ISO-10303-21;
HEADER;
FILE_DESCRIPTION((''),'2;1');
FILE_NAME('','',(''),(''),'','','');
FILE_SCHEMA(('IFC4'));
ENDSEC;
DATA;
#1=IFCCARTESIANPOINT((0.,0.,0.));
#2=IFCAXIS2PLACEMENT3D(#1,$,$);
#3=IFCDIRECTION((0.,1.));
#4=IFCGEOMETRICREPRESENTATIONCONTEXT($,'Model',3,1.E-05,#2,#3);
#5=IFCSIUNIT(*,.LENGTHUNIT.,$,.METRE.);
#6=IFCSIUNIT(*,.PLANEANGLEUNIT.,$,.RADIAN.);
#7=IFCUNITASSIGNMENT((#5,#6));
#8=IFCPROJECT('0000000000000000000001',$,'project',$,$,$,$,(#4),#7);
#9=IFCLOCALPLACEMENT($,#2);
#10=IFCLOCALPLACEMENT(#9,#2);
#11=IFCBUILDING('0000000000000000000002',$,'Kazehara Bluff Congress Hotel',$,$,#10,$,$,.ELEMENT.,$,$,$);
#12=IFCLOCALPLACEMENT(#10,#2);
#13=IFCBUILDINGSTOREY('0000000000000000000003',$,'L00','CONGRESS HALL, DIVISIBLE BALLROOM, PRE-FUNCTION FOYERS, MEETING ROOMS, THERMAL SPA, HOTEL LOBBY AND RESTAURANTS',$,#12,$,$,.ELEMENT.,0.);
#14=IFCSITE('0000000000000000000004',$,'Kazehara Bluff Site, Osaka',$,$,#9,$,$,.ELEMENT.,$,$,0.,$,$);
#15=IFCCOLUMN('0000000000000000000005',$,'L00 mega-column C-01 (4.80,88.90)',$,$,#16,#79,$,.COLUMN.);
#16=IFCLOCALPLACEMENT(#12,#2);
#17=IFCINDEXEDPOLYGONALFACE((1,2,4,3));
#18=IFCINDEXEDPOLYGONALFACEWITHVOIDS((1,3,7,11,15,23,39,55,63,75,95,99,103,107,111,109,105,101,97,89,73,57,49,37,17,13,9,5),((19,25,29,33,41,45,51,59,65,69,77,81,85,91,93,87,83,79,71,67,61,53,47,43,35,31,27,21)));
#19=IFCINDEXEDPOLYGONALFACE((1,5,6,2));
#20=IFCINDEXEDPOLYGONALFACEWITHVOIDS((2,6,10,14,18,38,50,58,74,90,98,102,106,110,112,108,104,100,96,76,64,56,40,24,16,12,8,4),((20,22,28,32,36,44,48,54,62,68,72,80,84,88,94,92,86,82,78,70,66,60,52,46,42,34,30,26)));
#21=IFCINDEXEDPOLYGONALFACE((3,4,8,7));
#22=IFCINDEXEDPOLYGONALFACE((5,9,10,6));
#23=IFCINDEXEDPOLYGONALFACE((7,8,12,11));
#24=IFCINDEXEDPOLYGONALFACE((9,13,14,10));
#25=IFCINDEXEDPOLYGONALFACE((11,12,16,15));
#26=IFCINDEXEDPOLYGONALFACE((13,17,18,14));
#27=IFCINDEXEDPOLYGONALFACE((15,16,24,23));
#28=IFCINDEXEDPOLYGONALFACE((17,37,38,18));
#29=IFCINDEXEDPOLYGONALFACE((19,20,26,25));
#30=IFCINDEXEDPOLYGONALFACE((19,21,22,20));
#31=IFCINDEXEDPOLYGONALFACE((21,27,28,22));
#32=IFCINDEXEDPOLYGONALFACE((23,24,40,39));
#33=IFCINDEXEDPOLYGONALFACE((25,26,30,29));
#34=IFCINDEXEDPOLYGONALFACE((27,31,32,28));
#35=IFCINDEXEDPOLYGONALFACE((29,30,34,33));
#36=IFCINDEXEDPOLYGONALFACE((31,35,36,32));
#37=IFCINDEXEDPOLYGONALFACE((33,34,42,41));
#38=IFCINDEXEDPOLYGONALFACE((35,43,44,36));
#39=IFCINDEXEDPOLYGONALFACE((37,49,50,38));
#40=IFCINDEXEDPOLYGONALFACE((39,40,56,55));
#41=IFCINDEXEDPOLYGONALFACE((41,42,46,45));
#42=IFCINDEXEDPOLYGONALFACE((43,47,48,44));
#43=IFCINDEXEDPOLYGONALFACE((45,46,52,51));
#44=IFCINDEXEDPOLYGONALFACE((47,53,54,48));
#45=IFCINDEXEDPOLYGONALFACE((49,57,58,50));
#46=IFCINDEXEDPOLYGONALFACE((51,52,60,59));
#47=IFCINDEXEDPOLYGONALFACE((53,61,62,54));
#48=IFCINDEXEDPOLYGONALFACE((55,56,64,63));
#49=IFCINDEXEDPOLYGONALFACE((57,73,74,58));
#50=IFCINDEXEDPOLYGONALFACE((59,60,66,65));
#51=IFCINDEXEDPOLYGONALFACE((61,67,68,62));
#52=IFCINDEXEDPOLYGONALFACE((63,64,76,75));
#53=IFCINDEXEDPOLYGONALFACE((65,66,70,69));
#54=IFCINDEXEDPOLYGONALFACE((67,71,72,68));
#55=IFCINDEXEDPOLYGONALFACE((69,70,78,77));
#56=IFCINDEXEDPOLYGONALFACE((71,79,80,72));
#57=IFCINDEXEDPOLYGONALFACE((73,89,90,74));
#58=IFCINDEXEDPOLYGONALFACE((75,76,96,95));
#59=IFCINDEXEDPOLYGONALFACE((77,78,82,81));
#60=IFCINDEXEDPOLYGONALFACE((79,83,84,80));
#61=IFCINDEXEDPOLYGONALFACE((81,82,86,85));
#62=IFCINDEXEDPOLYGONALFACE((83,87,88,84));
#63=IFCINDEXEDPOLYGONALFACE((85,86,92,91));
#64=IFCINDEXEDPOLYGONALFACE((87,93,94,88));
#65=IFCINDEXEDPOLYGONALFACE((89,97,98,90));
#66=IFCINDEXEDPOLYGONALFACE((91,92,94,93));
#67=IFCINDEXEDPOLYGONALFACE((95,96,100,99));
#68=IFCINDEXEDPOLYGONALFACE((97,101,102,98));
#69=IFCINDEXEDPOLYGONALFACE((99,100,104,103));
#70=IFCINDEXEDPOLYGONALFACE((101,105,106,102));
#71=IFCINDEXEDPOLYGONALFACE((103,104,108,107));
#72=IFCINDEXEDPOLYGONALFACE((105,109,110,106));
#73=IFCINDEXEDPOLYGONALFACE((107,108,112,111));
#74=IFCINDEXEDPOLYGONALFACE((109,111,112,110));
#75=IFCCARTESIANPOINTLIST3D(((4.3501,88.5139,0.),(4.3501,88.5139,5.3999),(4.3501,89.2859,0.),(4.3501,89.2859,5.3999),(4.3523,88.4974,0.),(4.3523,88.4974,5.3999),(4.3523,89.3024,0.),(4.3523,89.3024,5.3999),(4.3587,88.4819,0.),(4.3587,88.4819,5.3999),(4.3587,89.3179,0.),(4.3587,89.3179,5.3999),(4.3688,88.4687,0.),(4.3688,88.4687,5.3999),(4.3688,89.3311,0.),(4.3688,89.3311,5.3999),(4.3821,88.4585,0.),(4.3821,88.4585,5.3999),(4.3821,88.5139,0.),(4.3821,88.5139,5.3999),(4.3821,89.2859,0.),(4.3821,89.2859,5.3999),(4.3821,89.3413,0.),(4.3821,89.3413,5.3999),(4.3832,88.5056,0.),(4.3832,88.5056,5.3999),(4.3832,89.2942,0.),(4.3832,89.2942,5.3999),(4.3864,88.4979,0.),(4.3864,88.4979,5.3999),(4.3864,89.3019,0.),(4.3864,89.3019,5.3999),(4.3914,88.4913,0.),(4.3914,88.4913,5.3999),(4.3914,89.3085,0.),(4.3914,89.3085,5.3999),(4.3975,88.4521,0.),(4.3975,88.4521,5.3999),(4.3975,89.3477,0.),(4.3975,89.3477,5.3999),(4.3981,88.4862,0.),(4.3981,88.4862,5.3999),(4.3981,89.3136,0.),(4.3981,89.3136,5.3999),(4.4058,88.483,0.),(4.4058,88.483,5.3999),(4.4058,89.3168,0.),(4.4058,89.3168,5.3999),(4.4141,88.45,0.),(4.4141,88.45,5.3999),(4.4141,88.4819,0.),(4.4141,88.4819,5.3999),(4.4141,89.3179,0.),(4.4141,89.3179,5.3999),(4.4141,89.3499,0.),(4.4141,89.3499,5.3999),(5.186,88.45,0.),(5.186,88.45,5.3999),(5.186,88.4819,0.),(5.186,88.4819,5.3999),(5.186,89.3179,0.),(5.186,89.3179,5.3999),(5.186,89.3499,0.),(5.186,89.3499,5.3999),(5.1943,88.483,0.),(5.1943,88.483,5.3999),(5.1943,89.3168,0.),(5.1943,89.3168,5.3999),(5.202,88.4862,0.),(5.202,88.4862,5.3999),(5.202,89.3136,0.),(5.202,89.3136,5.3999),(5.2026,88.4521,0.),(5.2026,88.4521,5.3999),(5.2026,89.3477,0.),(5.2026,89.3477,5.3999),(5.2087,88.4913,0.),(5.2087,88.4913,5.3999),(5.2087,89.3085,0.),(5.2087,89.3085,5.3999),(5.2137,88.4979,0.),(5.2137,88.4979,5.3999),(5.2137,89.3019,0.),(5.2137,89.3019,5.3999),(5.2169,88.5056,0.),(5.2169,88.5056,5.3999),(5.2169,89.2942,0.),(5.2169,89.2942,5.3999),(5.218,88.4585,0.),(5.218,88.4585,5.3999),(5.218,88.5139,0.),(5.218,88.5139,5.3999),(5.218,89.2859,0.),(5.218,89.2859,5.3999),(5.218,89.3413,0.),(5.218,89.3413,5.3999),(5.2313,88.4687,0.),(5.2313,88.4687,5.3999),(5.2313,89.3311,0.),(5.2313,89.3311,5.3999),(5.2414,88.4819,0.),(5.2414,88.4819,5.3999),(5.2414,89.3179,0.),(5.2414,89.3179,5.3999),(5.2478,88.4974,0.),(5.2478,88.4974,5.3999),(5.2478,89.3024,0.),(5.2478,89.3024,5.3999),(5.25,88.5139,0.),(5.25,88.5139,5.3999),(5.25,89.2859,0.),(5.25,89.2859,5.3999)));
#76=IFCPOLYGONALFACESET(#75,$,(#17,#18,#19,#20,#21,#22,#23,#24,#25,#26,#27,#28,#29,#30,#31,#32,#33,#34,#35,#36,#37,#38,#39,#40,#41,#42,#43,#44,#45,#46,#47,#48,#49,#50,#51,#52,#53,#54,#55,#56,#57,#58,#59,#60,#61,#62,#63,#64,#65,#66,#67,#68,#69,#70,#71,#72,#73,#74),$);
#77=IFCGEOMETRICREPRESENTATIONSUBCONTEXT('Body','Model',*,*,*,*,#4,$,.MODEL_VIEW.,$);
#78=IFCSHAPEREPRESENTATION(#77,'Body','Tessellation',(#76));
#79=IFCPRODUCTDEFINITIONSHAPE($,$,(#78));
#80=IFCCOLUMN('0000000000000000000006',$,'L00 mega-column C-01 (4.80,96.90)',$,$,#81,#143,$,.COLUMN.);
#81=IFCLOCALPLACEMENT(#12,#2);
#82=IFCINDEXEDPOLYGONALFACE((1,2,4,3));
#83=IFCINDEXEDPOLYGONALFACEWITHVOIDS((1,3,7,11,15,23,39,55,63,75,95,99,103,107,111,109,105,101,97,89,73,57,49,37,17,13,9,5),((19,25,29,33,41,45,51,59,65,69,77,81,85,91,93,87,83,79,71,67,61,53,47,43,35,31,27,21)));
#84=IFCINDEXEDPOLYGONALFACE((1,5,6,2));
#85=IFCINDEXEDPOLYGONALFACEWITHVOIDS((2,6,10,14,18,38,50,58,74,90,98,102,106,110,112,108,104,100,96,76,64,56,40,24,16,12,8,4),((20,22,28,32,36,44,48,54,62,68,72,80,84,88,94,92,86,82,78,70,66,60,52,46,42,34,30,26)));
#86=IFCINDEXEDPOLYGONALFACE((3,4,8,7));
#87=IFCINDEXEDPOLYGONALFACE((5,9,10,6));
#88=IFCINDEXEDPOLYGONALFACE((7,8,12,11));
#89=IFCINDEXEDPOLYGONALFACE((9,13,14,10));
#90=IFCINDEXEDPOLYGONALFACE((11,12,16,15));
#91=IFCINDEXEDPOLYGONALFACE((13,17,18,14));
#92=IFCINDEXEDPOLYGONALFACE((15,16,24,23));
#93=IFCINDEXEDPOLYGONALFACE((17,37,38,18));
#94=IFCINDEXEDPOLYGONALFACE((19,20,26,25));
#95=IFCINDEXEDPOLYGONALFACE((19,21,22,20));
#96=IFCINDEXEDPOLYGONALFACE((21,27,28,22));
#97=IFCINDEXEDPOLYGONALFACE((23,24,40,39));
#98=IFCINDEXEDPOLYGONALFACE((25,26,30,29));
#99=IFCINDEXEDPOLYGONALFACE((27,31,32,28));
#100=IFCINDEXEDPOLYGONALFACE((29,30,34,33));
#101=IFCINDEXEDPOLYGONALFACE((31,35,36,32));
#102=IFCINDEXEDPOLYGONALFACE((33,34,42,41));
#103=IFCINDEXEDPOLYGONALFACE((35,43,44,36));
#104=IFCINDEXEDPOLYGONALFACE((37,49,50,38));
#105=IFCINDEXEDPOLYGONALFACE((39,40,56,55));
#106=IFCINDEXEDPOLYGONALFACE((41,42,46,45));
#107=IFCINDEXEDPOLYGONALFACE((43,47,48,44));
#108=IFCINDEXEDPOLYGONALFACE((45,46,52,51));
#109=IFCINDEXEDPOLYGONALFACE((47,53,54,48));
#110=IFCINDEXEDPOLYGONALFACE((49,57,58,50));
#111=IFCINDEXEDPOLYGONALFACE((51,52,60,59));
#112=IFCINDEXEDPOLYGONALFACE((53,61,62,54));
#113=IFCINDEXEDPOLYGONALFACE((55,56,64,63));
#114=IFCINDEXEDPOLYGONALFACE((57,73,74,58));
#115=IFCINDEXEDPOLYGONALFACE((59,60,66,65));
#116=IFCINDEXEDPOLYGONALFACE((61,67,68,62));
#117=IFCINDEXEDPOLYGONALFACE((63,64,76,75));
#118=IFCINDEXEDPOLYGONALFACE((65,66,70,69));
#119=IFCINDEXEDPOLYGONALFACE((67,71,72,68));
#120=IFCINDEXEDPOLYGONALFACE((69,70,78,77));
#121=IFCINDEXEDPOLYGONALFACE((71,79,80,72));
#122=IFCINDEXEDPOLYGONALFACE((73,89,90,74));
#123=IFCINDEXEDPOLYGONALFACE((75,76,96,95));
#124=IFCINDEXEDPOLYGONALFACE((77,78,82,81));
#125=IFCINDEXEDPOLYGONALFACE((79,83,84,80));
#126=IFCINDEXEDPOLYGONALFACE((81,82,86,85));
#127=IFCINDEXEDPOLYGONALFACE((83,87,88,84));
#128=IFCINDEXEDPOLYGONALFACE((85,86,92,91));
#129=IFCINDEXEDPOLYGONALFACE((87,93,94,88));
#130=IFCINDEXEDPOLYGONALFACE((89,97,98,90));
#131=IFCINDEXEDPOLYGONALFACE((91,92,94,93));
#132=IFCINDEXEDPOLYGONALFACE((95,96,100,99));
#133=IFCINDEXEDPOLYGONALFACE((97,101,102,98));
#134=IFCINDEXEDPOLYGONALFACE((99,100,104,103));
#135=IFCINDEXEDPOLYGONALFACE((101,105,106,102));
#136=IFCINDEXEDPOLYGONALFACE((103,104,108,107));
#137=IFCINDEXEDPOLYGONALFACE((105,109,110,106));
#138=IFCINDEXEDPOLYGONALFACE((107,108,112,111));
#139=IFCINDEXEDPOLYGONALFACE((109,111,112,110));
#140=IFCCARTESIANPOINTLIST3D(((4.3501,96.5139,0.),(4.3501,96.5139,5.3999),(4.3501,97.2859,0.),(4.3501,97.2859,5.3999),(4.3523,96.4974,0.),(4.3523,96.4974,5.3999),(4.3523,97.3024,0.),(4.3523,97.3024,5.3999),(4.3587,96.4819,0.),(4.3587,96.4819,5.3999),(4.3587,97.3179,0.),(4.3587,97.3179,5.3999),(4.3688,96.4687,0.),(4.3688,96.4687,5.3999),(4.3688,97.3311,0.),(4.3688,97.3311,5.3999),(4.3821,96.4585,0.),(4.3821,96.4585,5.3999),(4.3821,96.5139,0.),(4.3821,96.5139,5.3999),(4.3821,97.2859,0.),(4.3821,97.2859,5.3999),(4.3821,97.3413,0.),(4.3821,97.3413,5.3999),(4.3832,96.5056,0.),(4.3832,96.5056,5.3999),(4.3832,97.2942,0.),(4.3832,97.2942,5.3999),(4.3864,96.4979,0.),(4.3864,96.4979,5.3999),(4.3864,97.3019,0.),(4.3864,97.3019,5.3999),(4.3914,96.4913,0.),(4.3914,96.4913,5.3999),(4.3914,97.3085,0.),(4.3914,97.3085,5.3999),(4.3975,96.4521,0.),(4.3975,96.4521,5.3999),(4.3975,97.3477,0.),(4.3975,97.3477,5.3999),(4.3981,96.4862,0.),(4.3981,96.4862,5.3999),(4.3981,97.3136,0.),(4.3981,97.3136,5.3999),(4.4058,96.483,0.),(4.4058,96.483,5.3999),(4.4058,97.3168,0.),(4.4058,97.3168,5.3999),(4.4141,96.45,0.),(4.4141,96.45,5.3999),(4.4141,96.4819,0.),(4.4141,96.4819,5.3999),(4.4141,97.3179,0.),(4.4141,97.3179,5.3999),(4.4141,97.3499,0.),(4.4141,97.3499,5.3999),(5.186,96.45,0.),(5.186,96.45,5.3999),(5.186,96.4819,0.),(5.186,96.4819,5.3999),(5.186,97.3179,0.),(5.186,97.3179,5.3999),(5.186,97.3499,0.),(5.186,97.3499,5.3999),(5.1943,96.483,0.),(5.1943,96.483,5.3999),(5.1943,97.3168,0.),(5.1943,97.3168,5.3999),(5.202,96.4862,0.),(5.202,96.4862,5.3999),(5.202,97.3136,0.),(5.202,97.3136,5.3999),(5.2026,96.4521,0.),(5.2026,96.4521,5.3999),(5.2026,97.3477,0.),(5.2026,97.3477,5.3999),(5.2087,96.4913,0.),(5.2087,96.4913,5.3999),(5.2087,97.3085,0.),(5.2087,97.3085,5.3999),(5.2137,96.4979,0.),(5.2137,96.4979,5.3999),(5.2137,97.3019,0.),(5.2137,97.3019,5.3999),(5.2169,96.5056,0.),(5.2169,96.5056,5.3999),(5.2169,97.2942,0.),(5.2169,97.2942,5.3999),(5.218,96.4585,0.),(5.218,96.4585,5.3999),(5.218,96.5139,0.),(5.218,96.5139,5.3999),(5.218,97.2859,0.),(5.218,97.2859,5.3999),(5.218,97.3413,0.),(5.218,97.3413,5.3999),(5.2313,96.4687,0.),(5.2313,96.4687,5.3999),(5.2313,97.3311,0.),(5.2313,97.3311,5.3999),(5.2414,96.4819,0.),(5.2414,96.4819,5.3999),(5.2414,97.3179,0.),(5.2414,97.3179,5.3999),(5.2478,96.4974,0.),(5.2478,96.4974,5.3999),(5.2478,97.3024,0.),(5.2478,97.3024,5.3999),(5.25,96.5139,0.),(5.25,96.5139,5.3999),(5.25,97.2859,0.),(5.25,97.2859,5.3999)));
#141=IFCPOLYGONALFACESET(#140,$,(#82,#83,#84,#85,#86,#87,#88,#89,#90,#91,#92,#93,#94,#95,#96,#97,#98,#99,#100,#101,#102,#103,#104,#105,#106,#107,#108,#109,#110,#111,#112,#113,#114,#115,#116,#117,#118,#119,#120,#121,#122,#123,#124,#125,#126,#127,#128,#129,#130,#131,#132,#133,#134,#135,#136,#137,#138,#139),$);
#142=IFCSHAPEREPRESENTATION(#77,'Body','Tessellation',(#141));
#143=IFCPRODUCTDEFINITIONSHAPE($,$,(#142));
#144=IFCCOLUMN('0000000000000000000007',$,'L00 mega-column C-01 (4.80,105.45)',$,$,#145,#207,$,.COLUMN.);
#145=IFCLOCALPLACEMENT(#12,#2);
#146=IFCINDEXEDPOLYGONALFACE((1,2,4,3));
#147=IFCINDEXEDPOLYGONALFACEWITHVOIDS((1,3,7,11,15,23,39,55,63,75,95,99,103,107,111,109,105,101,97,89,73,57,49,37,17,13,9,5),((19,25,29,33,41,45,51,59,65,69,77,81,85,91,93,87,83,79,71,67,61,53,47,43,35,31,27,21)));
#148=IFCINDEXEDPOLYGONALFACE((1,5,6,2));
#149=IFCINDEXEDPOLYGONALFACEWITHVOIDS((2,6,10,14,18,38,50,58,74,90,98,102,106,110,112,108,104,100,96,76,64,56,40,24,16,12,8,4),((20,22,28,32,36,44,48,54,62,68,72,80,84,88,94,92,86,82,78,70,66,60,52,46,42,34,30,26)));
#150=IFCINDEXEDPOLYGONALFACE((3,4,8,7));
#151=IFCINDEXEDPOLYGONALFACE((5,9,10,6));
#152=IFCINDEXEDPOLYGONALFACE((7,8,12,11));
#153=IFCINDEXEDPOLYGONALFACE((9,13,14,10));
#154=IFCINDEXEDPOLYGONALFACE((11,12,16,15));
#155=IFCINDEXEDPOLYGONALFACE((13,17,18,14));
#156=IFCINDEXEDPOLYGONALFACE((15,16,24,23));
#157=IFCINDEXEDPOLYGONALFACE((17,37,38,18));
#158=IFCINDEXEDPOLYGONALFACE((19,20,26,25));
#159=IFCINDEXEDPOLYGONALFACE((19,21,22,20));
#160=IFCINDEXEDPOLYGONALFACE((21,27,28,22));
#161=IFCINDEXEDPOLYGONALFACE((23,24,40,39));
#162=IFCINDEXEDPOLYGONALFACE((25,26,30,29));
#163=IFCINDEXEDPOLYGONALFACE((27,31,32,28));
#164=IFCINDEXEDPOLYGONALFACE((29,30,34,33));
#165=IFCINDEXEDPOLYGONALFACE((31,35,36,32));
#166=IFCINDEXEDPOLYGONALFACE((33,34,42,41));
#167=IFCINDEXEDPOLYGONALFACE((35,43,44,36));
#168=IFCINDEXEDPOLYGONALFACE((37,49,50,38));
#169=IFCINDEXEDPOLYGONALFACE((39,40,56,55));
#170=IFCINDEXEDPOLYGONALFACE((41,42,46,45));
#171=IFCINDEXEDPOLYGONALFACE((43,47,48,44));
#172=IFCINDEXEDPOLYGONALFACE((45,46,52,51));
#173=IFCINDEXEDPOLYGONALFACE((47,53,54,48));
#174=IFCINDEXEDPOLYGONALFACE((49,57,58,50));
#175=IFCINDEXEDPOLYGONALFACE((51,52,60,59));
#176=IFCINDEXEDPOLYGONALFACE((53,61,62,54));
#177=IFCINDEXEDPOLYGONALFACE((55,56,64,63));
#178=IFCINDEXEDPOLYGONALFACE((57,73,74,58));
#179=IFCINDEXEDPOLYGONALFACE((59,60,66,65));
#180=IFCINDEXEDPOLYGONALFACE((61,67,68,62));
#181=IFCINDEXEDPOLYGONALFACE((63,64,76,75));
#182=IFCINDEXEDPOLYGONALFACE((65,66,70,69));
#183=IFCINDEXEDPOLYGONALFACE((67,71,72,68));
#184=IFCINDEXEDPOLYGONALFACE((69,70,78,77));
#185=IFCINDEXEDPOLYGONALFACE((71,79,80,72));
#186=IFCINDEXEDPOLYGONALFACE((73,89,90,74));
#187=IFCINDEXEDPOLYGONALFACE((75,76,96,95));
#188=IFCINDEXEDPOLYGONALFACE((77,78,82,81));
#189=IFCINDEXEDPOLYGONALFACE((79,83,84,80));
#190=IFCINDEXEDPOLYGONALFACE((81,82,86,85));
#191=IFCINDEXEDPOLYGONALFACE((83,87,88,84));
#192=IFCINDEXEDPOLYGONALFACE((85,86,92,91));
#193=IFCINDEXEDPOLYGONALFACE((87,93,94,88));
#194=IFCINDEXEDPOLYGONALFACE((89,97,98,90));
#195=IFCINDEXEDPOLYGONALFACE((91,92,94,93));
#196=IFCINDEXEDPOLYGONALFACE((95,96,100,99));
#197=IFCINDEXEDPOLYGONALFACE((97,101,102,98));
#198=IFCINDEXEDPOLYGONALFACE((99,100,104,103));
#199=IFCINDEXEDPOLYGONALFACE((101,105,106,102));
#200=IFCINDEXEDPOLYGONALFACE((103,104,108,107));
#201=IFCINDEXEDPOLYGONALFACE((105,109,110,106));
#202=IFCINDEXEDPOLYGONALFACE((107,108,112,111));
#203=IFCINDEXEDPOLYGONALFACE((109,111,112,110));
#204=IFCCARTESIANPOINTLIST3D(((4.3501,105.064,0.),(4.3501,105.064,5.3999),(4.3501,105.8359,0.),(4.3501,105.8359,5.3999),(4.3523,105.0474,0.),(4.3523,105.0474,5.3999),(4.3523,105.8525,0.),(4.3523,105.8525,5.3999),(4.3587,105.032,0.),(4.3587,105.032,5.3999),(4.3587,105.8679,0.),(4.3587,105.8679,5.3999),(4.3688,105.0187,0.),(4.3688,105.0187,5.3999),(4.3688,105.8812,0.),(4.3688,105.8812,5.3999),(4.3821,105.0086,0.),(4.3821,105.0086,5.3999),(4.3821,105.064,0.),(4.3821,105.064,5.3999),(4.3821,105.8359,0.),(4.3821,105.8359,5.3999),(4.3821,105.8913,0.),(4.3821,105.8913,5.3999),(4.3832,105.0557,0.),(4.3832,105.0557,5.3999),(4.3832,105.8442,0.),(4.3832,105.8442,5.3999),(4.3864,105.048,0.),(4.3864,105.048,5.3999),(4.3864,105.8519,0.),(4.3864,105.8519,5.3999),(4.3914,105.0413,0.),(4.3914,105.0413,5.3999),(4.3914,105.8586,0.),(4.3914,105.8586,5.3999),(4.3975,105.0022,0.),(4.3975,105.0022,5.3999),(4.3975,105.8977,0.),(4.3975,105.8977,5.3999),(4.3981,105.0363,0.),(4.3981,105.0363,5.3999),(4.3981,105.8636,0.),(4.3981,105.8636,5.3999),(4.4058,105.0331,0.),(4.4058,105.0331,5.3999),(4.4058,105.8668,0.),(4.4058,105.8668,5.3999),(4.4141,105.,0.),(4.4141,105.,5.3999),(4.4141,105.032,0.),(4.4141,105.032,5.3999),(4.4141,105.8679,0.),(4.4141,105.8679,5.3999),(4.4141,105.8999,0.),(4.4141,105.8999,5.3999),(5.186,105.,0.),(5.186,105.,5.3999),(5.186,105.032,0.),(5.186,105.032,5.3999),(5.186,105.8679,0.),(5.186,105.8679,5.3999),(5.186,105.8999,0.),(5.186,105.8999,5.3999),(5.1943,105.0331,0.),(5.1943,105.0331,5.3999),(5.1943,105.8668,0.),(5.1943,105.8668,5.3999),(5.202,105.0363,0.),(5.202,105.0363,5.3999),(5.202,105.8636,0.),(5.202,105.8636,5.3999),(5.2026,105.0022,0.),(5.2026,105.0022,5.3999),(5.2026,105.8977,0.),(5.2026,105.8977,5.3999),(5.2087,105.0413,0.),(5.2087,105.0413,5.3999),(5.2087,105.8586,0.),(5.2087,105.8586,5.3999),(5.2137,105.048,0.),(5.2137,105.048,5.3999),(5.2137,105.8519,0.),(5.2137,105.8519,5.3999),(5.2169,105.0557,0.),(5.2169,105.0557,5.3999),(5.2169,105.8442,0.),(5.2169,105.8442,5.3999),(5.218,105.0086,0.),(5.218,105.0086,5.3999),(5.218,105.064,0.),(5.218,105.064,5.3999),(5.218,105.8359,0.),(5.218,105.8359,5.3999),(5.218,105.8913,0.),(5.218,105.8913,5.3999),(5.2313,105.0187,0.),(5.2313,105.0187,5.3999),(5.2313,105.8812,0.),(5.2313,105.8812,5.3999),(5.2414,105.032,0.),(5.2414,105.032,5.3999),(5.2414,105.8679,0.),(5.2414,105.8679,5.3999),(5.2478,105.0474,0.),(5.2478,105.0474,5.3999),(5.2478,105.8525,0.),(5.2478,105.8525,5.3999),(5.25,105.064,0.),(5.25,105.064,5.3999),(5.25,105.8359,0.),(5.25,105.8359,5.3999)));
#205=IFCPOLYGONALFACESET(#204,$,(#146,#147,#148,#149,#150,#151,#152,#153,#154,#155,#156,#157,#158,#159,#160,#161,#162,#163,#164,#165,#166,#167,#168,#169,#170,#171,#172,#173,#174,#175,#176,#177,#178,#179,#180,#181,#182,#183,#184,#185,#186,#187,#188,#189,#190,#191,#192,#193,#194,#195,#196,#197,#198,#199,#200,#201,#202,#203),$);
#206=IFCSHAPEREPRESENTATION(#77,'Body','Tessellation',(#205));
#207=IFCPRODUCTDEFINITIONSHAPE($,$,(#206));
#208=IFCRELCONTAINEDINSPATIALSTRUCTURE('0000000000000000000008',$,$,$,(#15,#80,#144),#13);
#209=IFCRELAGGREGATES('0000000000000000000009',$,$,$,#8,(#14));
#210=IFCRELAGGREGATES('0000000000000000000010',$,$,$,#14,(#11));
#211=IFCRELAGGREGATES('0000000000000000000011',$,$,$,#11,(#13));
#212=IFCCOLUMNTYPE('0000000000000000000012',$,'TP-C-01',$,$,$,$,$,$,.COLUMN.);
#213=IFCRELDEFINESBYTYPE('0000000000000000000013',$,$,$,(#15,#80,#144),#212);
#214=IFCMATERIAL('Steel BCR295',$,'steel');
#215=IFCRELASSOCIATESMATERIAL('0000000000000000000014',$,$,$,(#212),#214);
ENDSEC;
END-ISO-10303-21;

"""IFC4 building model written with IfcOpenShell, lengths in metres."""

from ifc_helpers import new_model, si_unit, direction, frame, origin, origin_2d, place, context, subcontext, project, spatial, hollow_rectangle, extrude, material, material_profile, profile_set, type_object, element, save


model = new_model("IFC4")

# Units and contexts
model_context = context("Model", 3, precision=1e-05, world=origin(), true_north=direction((0.0, 1.0)))
body_context = subcontext(model_context, "Body", "Model", "MODEL_VIEW")
ifc_project = project(units=[si_unit("LENGTHUNIT", "METRE"), si_unit("PLANEANGLEUNIT", "RADIAN")], contexts=[model_context])

# Site, building, storey
site_placement = place(None, origin())
site = spatial("IfcSite", under=ifc_project, at=site_placement, Name="Kazehara Bluff Site, Osaka", CompositionType="ELEMENT", RefElevation=0.0)
building_placement = place(site_placement, origin())
building = spatial("IfcBuilding", under=site, at=building_placement, Name="Kazehara Bluff Congress Hotel", CompositionType="ELEMENT")
storey_placement = place(building_placement, origin())
storey = spatial("IfcBuildingStorey", under=building, at=storey_placement, Name="L00", Description="CONGRESS HALL, DIVISIBLE BALLROOM, PRE-FUNCTION FOYERS, MEETING ROOMS, THERMAL SPA, HOTEL LOBBY AND RESTAURANTS", CompositionType="ELEMENT", Elevation=0.0)

# Columns
ifc_material_1 = material(Name="Steel BCR295", Category="steel")
ifc_material_profile_1 = material_profile(ifc_material_1, hollow_rectangle(XDim=0.8999, YDim=0.8999, WallThickness=0.032, InnerFilletRadius=0.032, OuterFilletRadius=0.064, at=origin_2d()))
ifc_profile_set_1 = profile_set([ifc_material_profile_1], Name="Steel BCR295")
column_type = type_object("IfcColumnType", Name="TP-C-01", PredefinedType="COLUMN", material=ifc_profile_set_1)
for number, where, z_axis, x_axis, name in (
    (1, (4.8, 88.8999, 0.0), (0.0, 0.0, 1.0), (1.0, 0.0, 0.0), "L00 mega-column C-01 (4.80,88.90)"),
    (2, (4.8, 96.8999, 0.0), (0.0, 0.0, 1.0), (1.0, 0.0, 0.0), "L00 mega-column C-01 (4.80,96.90)"),
    (3, (4.8, 105.45, 0.0), (0.0, 0.0, 1.0), (1.0, 0.0, 0.0), "L00 mega-column C-01 (4.80,105.45)"),
):
    element("IfcColumn", number, at=place(storey_placement, frame(where, z_axis=z_axis, x_axis=x_axis)), inside=storey, type_object=column_type, Name=name, PredefinedType="COLUMN", context=body_context, shape_type="SweptSolid", body=[
        extrude(hollow_rectangle(XDim=0.8999, YDim=0.8999, WallThickness=0.032, InnerFilletRadius=0.032, OuterFilletRadius=0.064, at=origin_2d()), origin(), (0.0, 0.0, 1.0), 5.3999),
    ])

save(model, "model.ifc")
